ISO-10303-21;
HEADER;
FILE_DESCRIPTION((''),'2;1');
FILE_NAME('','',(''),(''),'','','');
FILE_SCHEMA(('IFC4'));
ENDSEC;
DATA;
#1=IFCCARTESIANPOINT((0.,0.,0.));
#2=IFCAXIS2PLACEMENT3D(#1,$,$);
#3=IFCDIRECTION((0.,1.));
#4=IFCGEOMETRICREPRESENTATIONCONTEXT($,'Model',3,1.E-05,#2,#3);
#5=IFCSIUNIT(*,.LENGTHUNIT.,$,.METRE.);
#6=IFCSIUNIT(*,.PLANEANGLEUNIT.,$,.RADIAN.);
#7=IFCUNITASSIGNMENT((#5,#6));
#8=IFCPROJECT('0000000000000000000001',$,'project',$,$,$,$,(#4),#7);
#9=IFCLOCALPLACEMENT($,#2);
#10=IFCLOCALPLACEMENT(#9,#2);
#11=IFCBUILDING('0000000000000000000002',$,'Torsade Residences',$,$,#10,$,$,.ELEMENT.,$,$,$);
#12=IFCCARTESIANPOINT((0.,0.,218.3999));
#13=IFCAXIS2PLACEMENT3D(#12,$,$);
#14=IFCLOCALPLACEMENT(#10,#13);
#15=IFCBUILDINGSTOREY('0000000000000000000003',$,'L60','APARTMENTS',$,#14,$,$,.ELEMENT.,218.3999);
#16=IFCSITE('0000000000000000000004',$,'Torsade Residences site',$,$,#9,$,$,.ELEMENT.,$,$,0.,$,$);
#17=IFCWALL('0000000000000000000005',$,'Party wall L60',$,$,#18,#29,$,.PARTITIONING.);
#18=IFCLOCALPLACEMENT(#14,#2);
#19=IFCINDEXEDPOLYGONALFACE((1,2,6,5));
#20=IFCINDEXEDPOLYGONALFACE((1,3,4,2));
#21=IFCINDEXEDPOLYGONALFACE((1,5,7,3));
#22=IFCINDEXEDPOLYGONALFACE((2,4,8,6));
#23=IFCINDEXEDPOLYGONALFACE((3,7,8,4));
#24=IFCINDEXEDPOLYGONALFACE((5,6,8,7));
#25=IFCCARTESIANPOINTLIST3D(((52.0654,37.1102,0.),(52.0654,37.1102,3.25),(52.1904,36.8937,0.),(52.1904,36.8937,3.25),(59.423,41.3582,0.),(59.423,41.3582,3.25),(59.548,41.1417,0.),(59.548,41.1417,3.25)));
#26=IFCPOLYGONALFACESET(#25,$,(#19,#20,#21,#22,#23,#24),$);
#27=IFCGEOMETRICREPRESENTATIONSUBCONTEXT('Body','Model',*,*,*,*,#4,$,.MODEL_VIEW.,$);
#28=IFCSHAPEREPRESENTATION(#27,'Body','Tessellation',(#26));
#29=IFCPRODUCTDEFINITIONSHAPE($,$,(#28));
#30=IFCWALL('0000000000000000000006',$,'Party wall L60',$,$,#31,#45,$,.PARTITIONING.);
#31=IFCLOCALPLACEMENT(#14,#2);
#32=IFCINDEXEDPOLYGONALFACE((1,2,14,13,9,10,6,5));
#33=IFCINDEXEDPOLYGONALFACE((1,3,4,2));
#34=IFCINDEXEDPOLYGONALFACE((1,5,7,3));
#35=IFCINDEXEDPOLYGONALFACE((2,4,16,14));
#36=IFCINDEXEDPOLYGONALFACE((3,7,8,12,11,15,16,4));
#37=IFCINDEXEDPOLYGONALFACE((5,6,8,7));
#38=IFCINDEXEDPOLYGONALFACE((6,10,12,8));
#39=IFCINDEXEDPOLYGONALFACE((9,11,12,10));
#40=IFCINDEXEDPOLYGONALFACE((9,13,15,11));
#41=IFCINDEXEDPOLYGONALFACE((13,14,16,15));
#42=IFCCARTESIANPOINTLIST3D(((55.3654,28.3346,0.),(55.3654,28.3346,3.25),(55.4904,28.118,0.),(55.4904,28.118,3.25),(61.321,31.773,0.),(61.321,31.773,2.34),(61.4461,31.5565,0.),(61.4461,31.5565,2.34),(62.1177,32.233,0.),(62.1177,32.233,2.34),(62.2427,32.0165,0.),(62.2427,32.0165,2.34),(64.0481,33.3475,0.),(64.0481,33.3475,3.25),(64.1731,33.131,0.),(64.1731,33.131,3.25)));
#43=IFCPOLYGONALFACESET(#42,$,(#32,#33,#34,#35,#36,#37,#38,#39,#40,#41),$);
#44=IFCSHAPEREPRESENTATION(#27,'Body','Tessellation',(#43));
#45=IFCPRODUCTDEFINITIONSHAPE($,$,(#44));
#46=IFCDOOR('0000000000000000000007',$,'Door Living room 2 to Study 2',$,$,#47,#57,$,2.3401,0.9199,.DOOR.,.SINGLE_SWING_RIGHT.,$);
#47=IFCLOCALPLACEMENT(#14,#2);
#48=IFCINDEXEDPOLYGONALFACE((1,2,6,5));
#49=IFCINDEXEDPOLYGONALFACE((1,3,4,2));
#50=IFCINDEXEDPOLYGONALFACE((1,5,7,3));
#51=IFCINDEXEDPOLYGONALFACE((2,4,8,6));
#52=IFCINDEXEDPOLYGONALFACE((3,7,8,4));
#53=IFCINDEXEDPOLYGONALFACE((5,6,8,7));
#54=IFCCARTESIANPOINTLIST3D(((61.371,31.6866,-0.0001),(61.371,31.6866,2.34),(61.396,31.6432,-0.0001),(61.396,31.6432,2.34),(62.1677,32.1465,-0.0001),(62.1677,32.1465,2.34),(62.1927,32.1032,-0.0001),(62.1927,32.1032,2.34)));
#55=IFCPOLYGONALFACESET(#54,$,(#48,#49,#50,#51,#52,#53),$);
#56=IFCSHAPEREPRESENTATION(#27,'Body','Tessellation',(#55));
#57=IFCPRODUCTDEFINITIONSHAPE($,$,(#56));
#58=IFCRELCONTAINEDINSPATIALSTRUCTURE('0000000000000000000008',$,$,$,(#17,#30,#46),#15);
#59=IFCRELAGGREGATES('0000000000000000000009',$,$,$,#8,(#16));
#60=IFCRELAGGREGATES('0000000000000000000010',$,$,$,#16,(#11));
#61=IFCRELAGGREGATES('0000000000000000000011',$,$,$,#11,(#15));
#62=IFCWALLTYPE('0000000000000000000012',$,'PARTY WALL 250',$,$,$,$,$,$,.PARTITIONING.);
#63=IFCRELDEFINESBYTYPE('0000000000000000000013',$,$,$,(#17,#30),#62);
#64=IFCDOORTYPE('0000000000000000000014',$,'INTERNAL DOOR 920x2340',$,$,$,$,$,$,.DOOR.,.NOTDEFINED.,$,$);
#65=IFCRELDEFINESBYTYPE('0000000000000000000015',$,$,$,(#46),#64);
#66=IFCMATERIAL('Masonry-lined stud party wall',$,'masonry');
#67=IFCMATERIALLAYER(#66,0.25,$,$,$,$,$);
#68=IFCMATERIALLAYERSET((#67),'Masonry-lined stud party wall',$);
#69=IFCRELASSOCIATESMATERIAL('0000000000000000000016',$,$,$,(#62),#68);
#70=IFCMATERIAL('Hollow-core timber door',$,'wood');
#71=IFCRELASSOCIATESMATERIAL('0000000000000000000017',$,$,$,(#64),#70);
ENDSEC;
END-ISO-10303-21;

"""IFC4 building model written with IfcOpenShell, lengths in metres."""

from ifc_helpers import new_model, si_unit, direction, frame, frame_2d, origin, place, context, subcontext, project, spatial, rectangle, extrude, material, layer, layer_set, type_object, element, fill, save


model = new_model("IFC4")

# Units and contexts
model_context = context("Model", 3, precision=1e-05, world=origin(), true_north=direction((0.0, 1.0)))
body_context = subcontext(model_context, "Body", "Model", "MODEL_VIEW")
ifc_project = project(units=[si_unit("LENGTHUNIT", "METRE"), si_unit("PLANEANGLEUNIT", "RADIAN")], contexts=[model_context])

# Site, building, storey
site_placement = place(None, origin())
site = spatial("IfcSite", under=ifc_project, at=site_placement, Name="Torsade Residences site", CompositionType="ELEMENT", RefElevation=0.0)
building_placement = place(site_placement, origin())
building = spatial("IfcBuilding", under=site, at=building_placement, Name="Torsade Residences", CompositionType="ELEMENT")
storey_placement = place(building_placement, frame((0.0, 0.0, 218.3999)))
storey = spatial("IfcBuildingStorey", under=building, at=storey_placement, Name="L60", Description="APARTMENTS", CompositionType="ELEMENT", Elevation=218.3999)

# Wall
ifc_material_1 = material(Name="Masonry-lined stud party wall", Category="masonry")
ifc_layer_1 = layer(ifc_material_1, 0.25)
ifc_layer_set_1 = layer_set([ifc_layer_1], Name="Masonry-lined stud party wall")
wall_type = type_object("IfcWallType", Name="PARTY WALL 250", PredefinedType="PARTITIONING", material=ifc_layer_set_1)
wall_1_placement = place(storey_placement, frame((59.4856, 41.25, 0.0), z_axis=(0.0, 0.0, 1.0), x_axis=(-0.86602, -0.500009, 0.0)))
element("IfcWall", 1, at=wall_1_placement, inside=storey, type_object=wall_type, Name="Party wall L60", PredefinedType="PARTITIONING", context=body_context, shape_type="SweptSolid", body=[
    extrude(rectangle(XDim=8.4958, YDim=0.25, at=frame_2d((4.248, 0.0))), origin(), (0.0, 0.0, 1.0), 3.25),
])

# Wall, opening, door
wall_2_placement = place(storey_placement, frame((64.1106, 33.2393, 0.0), z_axis=(0.0, 0.0, 1.0), x_axis=(-0.866024, -0.500002, 0.0)))
wall_2 = element("IfcWall", 2, at=wall_2_placement, inside=storey, type_object=wall_type, Name="Party wall L60", PredefinedType="PARTITIONING", context=body_context, shape_type="SweptSolid", body=[
    extrude(rectangle(XDim=10.0259, YDim=0.25, at=frame_2d((5.0129, 0.0))), origin(), (0.0, 0.0, 1.0), 3.25),
])
opening_placement = place(wall_2_placement, frame((2.229, 0.0, 0.0)))
opening = element("IfcOpeningElement", 3, at=opening_placement, cuts=wall_2, PredefinedType="OPENING", context=body_context, shape_type="SweptSolid", body=[
    extrude(rectangle(XDim=0.9199, YDim=2.3401, at=frame_2d((0.46, 1.1699))), frame((0.0, 0.135, 0.0), z_axis=(0.0, -1.0, 0.0), x_axis=(1.0, 0.0, 0.0)), (0.0, 0.0, 1.0), 0.27),
])
ifc_material_2 = material(Name="Hollow-core timber door", Category="wood")
door_type = type_object("IfcDoorType", Name="INTERNAL DOOR 920x2340", OperationType="NOTDEFINED", PredefinedType="DOOR", material=ifc_material_2)
door_placement = place(opening_placement, origin())
door = element("IfcDoor", 4, at=door_placement, inside=storey, type_object=door_type, Name="Door Living room 2 to Study 2", OperationType="SINGLE_SWING_RIGHT", OverallHeight=2.3401, OverallWidth=0.9199, PredefinedType="DOOR", context=body_context, shape_type="SweptSolid", body=[
    extrude(rectangle(XDim=0.9199, YDim=2.3401, at=frame_2d((0.46, 1.1699))), frame((0.0, 0.0249, 0.0), z_axis=(0.0, -1.0, 0.0), x_axis=(1.0, 0.0, 0.0)), (0.0, 0.0, 1.0), 0.05),
])
fill(opening, door)

save(model, "model.ifc")
